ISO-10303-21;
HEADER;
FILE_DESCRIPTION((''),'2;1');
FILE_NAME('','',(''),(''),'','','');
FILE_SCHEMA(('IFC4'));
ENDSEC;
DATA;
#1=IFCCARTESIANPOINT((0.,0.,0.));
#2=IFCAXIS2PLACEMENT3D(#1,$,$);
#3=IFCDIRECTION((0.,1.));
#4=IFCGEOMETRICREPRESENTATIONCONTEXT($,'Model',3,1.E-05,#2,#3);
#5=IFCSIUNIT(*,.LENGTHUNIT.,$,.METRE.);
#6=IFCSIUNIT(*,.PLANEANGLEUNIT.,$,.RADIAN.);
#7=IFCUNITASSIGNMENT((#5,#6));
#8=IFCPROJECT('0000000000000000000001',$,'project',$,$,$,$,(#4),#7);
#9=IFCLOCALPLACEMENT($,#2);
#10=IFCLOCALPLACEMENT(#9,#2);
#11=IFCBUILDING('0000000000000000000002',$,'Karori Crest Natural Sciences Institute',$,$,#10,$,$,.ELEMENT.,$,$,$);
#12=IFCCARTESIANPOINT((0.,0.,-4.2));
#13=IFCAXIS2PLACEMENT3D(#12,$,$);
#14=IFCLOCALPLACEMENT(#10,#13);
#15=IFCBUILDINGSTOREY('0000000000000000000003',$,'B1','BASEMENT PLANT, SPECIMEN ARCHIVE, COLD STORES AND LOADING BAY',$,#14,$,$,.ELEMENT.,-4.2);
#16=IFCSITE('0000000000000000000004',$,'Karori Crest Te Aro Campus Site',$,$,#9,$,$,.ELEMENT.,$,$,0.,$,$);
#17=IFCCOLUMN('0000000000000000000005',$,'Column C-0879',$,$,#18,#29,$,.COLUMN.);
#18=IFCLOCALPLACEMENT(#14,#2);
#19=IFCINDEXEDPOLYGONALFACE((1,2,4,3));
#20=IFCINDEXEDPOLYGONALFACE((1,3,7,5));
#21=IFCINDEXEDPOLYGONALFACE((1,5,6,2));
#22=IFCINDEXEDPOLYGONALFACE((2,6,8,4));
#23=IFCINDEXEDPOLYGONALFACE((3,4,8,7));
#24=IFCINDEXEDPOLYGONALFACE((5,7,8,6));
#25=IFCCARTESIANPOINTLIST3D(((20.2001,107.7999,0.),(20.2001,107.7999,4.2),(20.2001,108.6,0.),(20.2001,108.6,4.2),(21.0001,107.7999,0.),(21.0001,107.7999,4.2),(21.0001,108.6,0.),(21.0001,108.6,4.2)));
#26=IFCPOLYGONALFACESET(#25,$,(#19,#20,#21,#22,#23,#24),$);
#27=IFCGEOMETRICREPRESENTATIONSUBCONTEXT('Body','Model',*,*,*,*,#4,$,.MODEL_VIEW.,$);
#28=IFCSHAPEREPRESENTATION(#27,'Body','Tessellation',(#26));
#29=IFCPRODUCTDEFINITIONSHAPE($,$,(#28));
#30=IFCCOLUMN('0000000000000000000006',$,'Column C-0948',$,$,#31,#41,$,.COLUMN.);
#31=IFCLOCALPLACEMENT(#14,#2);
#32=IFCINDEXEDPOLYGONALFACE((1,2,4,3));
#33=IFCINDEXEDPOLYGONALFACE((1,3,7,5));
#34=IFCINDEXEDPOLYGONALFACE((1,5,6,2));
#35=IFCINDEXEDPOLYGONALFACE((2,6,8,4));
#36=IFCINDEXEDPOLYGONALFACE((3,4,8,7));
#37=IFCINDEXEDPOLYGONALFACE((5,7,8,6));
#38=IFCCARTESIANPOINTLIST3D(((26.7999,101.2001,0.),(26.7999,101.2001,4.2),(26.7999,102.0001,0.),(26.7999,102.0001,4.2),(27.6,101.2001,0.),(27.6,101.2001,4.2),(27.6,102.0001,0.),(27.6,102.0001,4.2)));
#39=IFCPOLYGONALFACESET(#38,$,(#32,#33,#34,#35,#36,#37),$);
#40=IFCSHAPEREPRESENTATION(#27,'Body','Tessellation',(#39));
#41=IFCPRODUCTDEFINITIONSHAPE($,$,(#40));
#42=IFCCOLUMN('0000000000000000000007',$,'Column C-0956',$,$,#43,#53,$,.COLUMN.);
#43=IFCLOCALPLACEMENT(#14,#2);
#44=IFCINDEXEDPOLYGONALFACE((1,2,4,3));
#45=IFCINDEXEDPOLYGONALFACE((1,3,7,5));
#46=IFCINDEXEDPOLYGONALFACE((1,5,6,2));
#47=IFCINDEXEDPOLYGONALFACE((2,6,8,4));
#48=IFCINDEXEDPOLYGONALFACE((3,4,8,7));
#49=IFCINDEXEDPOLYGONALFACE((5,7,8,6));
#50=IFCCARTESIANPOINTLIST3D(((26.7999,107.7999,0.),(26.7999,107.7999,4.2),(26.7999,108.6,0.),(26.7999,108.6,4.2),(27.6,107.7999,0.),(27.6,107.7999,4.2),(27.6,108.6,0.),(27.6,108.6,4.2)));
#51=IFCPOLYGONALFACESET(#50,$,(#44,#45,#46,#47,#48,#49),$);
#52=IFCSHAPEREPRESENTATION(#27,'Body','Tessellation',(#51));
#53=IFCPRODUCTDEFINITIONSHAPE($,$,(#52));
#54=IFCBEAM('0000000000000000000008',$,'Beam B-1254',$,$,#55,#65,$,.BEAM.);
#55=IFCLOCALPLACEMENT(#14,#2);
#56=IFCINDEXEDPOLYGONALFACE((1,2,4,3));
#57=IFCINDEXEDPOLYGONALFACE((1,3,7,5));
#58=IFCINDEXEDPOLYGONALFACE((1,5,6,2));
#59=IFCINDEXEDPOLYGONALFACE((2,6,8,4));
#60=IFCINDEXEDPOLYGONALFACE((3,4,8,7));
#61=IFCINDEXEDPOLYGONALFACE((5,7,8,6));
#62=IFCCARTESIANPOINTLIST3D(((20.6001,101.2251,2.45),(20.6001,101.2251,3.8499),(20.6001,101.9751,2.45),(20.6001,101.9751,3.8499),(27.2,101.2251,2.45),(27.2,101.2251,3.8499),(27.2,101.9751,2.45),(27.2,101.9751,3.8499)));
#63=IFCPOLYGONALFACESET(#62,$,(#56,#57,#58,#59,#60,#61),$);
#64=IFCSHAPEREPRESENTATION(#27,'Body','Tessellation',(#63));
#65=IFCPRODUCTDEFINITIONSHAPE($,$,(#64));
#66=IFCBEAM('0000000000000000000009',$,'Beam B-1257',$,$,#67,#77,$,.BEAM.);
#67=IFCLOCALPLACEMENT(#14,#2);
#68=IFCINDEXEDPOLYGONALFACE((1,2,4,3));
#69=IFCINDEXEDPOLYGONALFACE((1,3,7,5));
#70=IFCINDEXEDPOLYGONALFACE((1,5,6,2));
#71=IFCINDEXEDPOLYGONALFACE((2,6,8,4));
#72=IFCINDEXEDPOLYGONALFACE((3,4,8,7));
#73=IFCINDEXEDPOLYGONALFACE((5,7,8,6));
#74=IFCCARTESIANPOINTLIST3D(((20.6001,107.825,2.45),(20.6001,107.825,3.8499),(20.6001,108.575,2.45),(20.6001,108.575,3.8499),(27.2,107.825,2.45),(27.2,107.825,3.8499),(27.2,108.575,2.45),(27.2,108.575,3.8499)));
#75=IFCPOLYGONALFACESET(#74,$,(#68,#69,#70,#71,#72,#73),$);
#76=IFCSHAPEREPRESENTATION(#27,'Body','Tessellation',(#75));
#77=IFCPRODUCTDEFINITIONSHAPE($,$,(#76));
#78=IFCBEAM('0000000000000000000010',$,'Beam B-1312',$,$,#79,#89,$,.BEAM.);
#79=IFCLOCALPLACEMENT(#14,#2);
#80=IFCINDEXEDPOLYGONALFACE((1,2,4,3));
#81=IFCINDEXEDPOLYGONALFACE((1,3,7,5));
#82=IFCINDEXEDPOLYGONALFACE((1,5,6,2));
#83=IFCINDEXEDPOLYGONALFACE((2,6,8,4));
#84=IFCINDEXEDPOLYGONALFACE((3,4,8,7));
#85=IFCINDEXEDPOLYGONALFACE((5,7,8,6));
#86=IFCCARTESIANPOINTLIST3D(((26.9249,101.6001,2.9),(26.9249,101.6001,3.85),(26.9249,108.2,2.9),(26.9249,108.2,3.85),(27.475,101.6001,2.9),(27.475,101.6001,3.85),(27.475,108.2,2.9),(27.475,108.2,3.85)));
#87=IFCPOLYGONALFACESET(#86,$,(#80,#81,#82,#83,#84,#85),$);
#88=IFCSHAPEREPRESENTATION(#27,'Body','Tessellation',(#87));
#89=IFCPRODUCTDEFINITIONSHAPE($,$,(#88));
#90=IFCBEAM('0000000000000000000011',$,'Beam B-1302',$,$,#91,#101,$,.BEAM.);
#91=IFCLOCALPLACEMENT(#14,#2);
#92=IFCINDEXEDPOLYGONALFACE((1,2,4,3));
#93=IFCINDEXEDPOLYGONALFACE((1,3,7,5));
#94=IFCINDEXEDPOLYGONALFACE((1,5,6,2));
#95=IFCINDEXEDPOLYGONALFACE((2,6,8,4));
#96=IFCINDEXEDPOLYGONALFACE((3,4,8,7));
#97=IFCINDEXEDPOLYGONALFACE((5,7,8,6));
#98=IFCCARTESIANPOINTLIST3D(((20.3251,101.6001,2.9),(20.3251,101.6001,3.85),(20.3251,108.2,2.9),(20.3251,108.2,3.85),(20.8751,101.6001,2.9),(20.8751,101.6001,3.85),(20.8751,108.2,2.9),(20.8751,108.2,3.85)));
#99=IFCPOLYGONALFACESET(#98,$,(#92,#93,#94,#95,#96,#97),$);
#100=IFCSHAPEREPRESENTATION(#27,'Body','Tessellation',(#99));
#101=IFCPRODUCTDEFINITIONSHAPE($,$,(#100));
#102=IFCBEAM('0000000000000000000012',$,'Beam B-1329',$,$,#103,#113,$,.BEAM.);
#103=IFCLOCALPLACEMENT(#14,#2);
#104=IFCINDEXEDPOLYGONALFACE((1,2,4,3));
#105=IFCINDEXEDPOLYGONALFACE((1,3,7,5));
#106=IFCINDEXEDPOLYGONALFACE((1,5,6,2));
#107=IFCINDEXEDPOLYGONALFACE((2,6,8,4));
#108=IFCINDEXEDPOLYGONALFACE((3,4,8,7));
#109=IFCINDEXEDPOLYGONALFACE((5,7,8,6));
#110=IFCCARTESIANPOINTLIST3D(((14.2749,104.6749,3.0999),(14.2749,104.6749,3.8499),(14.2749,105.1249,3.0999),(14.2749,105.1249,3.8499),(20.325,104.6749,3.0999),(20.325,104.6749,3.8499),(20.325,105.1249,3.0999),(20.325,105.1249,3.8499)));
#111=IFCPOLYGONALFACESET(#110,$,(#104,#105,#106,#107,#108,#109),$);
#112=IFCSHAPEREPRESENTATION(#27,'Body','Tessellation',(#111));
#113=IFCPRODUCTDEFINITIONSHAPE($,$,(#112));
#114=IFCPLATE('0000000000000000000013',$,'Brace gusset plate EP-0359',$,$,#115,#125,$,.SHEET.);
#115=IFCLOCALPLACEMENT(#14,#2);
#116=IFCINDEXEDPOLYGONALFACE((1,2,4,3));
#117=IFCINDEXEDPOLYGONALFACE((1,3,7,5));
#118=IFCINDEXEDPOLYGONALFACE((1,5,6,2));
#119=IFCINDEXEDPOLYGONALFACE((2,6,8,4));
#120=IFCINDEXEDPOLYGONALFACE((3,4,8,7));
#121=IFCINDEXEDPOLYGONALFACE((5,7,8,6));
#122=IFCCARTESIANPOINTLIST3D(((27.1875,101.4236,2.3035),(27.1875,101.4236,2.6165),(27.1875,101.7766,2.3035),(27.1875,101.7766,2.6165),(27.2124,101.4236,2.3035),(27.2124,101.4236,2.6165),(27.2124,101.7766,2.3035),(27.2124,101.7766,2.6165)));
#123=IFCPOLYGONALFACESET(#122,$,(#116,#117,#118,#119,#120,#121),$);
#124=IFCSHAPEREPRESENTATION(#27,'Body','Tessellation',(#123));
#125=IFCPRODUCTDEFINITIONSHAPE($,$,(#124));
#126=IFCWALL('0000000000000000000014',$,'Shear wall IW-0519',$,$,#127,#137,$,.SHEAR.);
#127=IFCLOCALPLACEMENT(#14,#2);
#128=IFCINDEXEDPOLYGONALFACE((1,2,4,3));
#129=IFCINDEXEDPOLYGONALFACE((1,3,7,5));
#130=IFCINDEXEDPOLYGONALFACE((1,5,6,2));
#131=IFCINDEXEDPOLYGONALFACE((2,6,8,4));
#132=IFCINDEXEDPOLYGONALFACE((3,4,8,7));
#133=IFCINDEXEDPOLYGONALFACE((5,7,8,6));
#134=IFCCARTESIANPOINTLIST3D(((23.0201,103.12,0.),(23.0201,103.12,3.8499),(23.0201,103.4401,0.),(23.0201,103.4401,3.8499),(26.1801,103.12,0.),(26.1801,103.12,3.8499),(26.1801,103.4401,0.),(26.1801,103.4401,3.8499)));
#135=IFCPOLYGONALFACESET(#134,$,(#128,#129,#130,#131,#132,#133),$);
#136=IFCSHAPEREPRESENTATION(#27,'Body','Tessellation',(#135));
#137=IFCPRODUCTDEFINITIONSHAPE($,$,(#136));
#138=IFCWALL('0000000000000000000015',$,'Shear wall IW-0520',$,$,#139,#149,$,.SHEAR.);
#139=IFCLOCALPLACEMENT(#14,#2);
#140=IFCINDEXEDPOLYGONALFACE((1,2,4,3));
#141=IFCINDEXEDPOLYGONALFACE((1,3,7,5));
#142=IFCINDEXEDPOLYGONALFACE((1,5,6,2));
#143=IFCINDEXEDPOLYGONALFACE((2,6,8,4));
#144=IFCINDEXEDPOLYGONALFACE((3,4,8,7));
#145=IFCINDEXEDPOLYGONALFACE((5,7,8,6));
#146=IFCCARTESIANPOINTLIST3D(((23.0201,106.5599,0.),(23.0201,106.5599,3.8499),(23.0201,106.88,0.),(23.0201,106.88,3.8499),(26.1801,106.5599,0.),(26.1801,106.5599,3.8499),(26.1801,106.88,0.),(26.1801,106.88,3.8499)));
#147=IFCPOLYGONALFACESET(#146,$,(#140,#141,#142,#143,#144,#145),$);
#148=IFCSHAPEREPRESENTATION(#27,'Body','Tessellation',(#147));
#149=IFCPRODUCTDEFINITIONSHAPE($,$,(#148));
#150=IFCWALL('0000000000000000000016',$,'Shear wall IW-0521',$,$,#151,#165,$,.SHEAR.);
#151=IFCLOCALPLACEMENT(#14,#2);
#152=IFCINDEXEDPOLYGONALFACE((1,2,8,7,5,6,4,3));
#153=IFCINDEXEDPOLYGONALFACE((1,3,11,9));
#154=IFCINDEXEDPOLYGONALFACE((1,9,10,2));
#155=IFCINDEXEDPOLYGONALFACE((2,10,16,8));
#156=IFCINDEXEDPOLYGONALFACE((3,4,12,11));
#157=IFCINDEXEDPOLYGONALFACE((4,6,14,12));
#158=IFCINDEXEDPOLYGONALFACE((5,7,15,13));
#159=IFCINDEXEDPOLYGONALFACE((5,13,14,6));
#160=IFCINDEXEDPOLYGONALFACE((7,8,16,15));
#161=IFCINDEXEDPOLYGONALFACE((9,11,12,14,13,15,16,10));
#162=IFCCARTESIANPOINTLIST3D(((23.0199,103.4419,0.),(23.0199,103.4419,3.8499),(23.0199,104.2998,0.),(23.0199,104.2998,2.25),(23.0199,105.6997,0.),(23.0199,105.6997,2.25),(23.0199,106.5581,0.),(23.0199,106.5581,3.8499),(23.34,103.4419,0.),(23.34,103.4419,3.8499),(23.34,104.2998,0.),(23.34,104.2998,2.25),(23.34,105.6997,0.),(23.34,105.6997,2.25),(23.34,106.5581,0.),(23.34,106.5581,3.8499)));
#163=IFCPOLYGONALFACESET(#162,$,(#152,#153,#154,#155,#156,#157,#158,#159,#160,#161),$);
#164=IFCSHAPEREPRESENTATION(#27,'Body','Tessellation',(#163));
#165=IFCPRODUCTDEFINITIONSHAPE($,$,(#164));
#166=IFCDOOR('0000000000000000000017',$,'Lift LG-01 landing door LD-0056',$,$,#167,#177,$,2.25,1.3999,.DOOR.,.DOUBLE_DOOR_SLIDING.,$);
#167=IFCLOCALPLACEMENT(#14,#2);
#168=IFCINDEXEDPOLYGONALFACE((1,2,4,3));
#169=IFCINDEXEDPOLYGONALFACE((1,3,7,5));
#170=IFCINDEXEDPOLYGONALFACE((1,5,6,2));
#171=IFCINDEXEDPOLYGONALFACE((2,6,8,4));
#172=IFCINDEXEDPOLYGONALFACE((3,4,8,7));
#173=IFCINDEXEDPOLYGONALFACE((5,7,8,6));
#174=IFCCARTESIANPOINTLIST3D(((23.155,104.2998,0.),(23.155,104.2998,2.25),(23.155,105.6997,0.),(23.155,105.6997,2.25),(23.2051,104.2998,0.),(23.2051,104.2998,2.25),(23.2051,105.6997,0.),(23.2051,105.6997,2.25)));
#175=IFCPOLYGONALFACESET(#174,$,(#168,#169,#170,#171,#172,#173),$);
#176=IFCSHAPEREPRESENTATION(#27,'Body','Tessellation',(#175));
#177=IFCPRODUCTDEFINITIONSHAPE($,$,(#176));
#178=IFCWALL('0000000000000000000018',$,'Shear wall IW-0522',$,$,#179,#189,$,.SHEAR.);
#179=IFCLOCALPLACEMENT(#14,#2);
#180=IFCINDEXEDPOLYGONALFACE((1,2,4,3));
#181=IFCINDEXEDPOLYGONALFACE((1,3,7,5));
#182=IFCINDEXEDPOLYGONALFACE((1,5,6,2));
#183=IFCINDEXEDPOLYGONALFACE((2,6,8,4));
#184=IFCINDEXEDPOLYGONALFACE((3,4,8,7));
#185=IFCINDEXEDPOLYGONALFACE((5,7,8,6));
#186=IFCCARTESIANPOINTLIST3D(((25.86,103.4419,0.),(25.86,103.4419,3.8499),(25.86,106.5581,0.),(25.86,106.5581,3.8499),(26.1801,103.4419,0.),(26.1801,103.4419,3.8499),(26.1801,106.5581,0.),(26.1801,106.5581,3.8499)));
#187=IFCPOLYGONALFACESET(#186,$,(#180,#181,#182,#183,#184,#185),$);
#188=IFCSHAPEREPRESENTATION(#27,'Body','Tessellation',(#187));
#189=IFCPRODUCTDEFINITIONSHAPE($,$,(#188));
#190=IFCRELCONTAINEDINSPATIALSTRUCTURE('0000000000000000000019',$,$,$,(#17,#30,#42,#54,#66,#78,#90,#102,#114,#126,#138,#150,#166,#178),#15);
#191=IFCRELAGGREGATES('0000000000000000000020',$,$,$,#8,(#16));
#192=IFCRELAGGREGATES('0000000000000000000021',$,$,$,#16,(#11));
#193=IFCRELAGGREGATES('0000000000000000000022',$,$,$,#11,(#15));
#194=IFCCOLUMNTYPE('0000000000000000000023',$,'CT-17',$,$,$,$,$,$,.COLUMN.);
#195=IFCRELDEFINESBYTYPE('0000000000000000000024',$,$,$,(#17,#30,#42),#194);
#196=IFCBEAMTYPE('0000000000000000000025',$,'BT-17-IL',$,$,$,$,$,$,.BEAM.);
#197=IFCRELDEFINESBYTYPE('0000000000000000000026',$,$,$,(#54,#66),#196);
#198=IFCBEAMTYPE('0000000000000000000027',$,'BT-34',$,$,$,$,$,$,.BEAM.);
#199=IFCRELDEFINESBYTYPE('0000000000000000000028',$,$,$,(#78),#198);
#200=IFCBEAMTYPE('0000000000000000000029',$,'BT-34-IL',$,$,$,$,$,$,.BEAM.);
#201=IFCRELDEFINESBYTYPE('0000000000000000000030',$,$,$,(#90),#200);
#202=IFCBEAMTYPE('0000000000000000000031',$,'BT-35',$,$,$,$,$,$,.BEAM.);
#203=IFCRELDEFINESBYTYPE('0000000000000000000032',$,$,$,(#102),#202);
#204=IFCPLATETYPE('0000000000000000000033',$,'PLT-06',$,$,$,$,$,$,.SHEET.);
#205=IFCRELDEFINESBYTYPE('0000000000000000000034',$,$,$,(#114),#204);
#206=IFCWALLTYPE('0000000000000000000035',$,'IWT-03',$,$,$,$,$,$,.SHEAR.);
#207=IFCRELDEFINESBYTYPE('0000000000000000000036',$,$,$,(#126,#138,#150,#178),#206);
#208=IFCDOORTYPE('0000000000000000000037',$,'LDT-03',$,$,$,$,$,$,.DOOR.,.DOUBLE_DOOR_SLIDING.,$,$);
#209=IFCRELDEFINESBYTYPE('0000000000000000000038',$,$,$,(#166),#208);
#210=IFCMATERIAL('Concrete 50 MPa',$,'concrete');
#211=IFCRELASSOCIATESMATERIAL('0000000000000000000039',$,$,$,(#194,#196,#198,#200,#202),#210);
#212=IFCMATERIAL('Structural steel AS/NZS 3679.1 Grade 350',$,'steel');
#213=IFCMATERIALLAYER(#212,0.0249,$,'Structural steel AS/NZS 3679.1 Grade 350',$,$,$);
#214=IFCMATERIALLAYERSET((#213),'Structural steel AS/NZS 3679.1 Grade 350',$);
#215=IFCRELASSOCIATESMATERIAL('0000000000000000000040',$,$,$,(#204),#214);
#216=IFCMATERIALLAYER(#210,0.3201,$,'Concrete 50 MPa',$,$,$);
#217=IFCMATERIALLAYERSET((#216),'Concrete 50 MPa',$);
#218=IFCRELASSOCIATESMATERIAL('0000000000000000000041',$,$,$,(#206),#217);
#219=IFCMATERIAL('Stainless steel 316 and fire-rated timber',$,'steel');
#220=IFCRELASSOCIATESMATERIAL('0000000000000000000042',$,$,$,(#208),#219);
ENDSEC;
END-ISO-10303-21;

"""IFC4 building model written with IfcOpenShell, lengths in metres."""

from ifc_helpers import new_model, si_unit, direction, frame, frame_2d, origin, origin_2d, place, context, subcontext, project, spatial, rectangle, extrude, material, layer, layer_set, material_profile, profile_set, type_object, element, fill, save


model = new_model("IFC4")

# Units and contexts
model_context = context("Model", 3, precision=1e-05, world=origin(), true_north=direction((0.0, 1.0)))
body_context = subcontext(model_context, "Body", "Model", "MODEL_VIEW")
ifc_project = project(units=[si_unit("LENGTHUNIT", "METRE"), si_unit("PLANEANGLEUNIT", "RADIAN")], contexts=[model_context])

# Site, building, storey
site_placement = place(None, origin())
site = spatial("IfcSite", under=ifc_project, at=site_placement, Name="Karori Crest Te Aro Campus Site", CompositionType="ELEMENT", RefElevation=0.0)
building_placement = place(site_placement, origin())
building = spatial("IfcBuilding", under=site, at=building_placement, Name="Karori Crest Natural Sciences Institute", CompositionType="ELEMENT")
storey_placement = place(building_placement, frame((0.0, 0.0, -4.2)))
storey = spatial("IfcBuildingStorey", under=building, at=storey_placement, Name="B1", Description="BASEMENT PLANT, SPECIMEN ARCHIVE, COLD STORES AND LOADING BAY", CompositionType="ELEMENT", Elevation=-4.2)

# Columns
ifc_material_1 = material(Name="Concrete 50 MPa", Category="concrete")
ifc_material_profile_1 = material_profile(ifc_material_1, rectangle(XDim=0.8, YDim=0.8, at=origin_2d()), Name="RC800x800")
ifc_profile_set_1 = profile_set([ifc_material_profile_1], Name="Concrete 50 MPa")
column_type = type_object("IfcColumnType", Name="CT-17", PredefinedType="COLUMN", material=ifc_profile_set_1)
for number, where, z_axis, x_axis, name in (
    (1, (20.6001, 108.2, 0.0), (0.0, 0.0, 1.0), (1.0, 0.0, 0.0), "Column C-0879"),
    (2, (27.2, 101.6001, 0.0), (0.0, 0.0, 1.0), (1.0, 0.0, 0.0), "Column C-0948"),
    (3, (27.2, 108.2, 0.0), (0.0, 0.0, 1.0), (1.0, 0.0, 0.0), "Column C-0956"),
):
    element("IfcColumn", number, at=place(storey_placement, frame(where, z_axis=z_axis, x_axis=x_axis)), inside=storey, type_object=column_type, Name=name, PredefinedType="COLUMN", context=body_context, shape_type="SweptSolid", body=[
        extrude(rectangle(XDim=0.8, YDim=0.8, at=origin_2d()), origin(), (0.0, 0.0, 1.0), 4.2),
    ])

# Beams
ifc_material_profile_2 = material_profile(ifc_material_1, rectangle(XDim=0.75, YDim=1.3999, at=origin_2d()), Name="RCB750x1400")
ifc_profile_set_2 = profile_set([ifc_material_profile_2], Name="Concrete 50 MPa")
beam_type_1 = type_object("IfcBeamType", Name="BT-17-IL", PredefinedType="BEAM", material=ifc_profile_set_2)
for number, where, z_axis, x_axis, name in (
    (4, (20.6001, 101.6001, 3.1499), (1.0, 0.0, 0.0), (0.0, 1.0, 0.0), "Beam B-1254"),
    (5, (20.6001, 108.2, 3.1499), (1.0, 0.0, 0.0), (0.0, 1.0, 0.0), "Beam B-1257"),
):
    element("IfcBeam", number, at=place(storey_placement, frame(where, z_axis=z_axis, x_axis=x_axis)), inside=storey, type_object=beam_type_1, Name=name, PredefinedType="BEAM", context=body_context, shape_type="SweptSolid", body=[
        extrude(rectangle(XDim=0.75, YDim=1.3999, at=origin_2d()), origin(), (0.0, 0.0, 1.0), 6.5999),
    ])
ifc_material_profile_3 = material_profile(ifc_material_1, rectangle(XDim=0.55, YDim=0.95, at=origin_2d()), Name="RCB550x950")
ifc_profile_set_3 = profile_set([ifc_material_profile_3], Name="Concrete 50 MPa")
beam_type_2 = type_object("IfcBeamType", Name="BT-34", PredefinedType="BEAM", material=ifc_profile_set_3)
beam_1_placement = place(storey_placement, frame((27.2, 101.6001, 3.375), z_axis=(0.0, 1.0, 0.0), x_axis=(-1.0, 0.0, 0.0)))
element("IfcBeam", 6, at=beam_1_placement, inside=storey, type_object=beam_type_2, Name="Beam B-1312", PredefinedType="BEAM", context=body_context, shape_type="SweptSolid", body=[
    extrude(rectangle(XDim=0.55, YDim=0.95, at=origin_2d()), origin(), (0.0, 0.0, 1.0), 6.5999),
])
ifc_material_profile_4 = material_profile(ifc_material_1, rectangle(XDim=0.55, YDim=0.95, at=origin_2d()), Name="RCB550x950")
ifc_profile_set_4 = profile_set([ifc_material_profile_4], Name="Concrete 50 MPa")
beam_type_3 = type_object("IfcBeamType", Name="BT-34-IL", PredefinedType="BEAM", material=ifc_profile_set_4)
beam_2_placement = place(storey_placement, frame((20.6001, 101.6001, 3.375), z_axis=(0.0, 1.0, 0.0), x_axis=(-1.0, 0.0, 0.0)))
element("IfcBeam", 7, at=beam_2_placement, inside=storey, type_object=beam_type_3, Name="Beam B-1302", PredefinedType="BEAM", context=body_context, shape_type="SweptSolid", body=[
    extrude(rectangle(XDim=0.55, YDim=0.95, at=origin_2d()), origin(), (0.0, 0.0, 1.0), 6.5999),
])
ifc_material_profile_5 = material_profile(ifc_material_1, rectangle(XDim=0.45, YDim=0.75, at=origin_2d()), Name="RCB450x750")
ifc_profile_set_5 = profile_set([ifc_material_profile_5], Name="Concrete 50 MPa")
beam_type_4 = type_object("IfcBeamType", Name="BT-35", PredefinedType="BEAM", material=ifc_profile_set_5)
beam_3_placement = place(storey_placement, frame((14.2749, 104.8999, 3.4749), z_axis=(1.0, 0.0, 0.0), x_axis=(0.0, 1.0, 0.0)))
element("IfcBeam", 8, at=beam_3_placement, inside=storey, type_object=beam_type_4, Name="Beam B-1329", PredefinedType="BEAM", context=body_context, shape_type="SweptSolid", body=[
    extrude(rectangle(XDim=0.45, YDim=0.75, at=origin_2d()), origin(), (0.0, 0.0, 1.0), 6.05),
])

# Plate
ifc_material_2 = material(Name="Structural steel AS/NZS 3679.1 Grade 350", Category="steel")
ifc_layer_1 = layer(ifc_material_2, 0.0249, Name="Structural steel AS/NZS 3679.1 Grade 350")
ifc_layer_set_1 = layer_set([ifc_layer_1], Name="Structural steel AS/NZS 3679.1 Grade 350")
plate_type = type_object("IfcPlateType", Name="PLT-06", PredefinedType="SHEET", material=ifc_layer_set_1)
plate_placement = place(storey_placement, frame((27.2, 101.6001, 2.3035), z_axis=(0.0, 0.0, 1.0), x_axis=(0.0, 1.0, 0.0)))
element("IfcPlate", 9, at=plate_placement, inside=storey, type_object=plate_type, Name="Brace gusset plate EP-0359", PredefinedType="SHEET", context=body_context, shape_type="SweptSolid", body=[
    extrude(rectangle(XDim=0.353, YDim=0.0249, at=origin_2d()), origin(), (0.0, 0.0, 1.0), 0.313),
])

# Walls
ifc_layer_2 = layer(ifc_material_1, 0.3201, Name="Concrete 50 MPa")
ifc_layer_set_2 = layer_set([ifc_layer_2], Name="Concrete 50 MPa")
wall_type_1 = type_object("IfcWallType", Name="IWT-03", PredefinedType="SHEAR", material=ifc_layer_set_2)
for number, where, z_axis, x_axis, name in (
    (10, (23.02, 103.28, 0.0), (0.0, 0.0, 1.0), (1.0, 0.0, 0.0), "Shear wall IW-0519"),
    (11, (23.02, 106.72, 0.0), (0.0, 0.0, 1.0), (1.0, 0.0, 0.0), "Shear wall IW-0520"),
):
    element("IfcWall", number, at=place(storey_placement, frame(where, z_axis=z_axis, x_axis=x_axis)), inside=storey, type_object=wall_type_1, Name=name, PredefinedType="SHEAR", context=body_context, shape_type="SweptSolid", body=[
        extrude(rectangle(XDim=3.1599, YDim=0.3201, at=frame_2d((1.5801, 0.0))), origin(), (0.0, 0.0, 1.0), 3.8499),
    ])

# Wall, opening, door
wall_1_placement = place(storey_placement, frame((23.1799, 103.4419, 0.0), z_axis=(0.0, 0.0, 1.0), x_axis=(0.0, 1.0, 0.0)))
wall_1 = element("IfcWall", 12, at=wall_1_placement, inside=storey, type_object=wall_type_1, Name="Shear wall IW-0521", PredefinedType="SHEAR", context=body_context, shape_type="SweptSolid", body=[
    extrude(rectangle(XDim=3.1162, YDim=0.3201, at=frame_2d((1.5581, 0.0))), origin(), (0.0, 0.0, 1.0), 3.8499),
])
opening_placement = place(wall_1_placement, frame((0.8579, 0.0, 0.0)))
opening = element("IfcOpeningElement", 13, at=opening_placement, cuts=wall_1, PredefinedType="OPENING", context=body_context, shape_type="SweptSolid", body=[
    extrude(rectangle(XDim=1.3999, YDim=2.25, at=frame_2d((0.7, 1.125))), frame((0.0, 0.1699, 0.0), z_axis=(0.0, -1.0, 0.0), x_axis=(1.0, 0.0, 0.0)), (0.0, 0.0, 1.0), 0.3401),
])
ifc_material_3 = material(Name="Stainless steel 316 and fire-rated timber", Category="steel")
door_type = type_object("IfcDoorType", Name="LDT-03", OperationType="DOUBLE_DOOR_SLIDING", PredefinedType="DOOR", material=ifc_material_3)
door_placement = place(opening_placement, origin())
door = element("IfcDoor", 14, at=door_placement, inside=storey, type_object=door_type, Name="Lift LG-01 landing door LD-0056", OperationType="DOUBLE_DOOR_SLIDING", OverallHeight=2.25, OverallWidth=1.3999, PredefinedType="DOOR", context=body_context, shape_type="SweptSolid", body=[
    extrude(rectangle(XDim=1.3999, YDim=2.25, at=frame_2d((0.7, 1.125))), frame((0.0, 0.0249, 0.0), z_axis=(0.0, -1.0, 0.0), x_axis=(1.0, 0.0, 0.0)), (0.0, 0.0, 1.0), 0.05),
])
fill(opening, door)

# Wall
wall_2_placement = place(storey_placement, frame((26.02, 103.4419, 0.0), z_axis=(0.0, 0.0, 1.0), x_axis=(0.0, 1.0, 0.0)))
element("IfcWall", 15, at=wall_2_placement, inside=storey, type_object=wall_type_1, Name="Shear wall IW-0522", PredefinedType="SHEAR", context=body_context, shape_type="SweptSolid", body=[
    extrude(rectangle(XDim=3.1162, YDim=0.3201, at=frame_2d((1.5581, 0.0))), origin(), (0.0, 0.0, 1.0), 3.8499),
])

save(model, "model.ifc")
